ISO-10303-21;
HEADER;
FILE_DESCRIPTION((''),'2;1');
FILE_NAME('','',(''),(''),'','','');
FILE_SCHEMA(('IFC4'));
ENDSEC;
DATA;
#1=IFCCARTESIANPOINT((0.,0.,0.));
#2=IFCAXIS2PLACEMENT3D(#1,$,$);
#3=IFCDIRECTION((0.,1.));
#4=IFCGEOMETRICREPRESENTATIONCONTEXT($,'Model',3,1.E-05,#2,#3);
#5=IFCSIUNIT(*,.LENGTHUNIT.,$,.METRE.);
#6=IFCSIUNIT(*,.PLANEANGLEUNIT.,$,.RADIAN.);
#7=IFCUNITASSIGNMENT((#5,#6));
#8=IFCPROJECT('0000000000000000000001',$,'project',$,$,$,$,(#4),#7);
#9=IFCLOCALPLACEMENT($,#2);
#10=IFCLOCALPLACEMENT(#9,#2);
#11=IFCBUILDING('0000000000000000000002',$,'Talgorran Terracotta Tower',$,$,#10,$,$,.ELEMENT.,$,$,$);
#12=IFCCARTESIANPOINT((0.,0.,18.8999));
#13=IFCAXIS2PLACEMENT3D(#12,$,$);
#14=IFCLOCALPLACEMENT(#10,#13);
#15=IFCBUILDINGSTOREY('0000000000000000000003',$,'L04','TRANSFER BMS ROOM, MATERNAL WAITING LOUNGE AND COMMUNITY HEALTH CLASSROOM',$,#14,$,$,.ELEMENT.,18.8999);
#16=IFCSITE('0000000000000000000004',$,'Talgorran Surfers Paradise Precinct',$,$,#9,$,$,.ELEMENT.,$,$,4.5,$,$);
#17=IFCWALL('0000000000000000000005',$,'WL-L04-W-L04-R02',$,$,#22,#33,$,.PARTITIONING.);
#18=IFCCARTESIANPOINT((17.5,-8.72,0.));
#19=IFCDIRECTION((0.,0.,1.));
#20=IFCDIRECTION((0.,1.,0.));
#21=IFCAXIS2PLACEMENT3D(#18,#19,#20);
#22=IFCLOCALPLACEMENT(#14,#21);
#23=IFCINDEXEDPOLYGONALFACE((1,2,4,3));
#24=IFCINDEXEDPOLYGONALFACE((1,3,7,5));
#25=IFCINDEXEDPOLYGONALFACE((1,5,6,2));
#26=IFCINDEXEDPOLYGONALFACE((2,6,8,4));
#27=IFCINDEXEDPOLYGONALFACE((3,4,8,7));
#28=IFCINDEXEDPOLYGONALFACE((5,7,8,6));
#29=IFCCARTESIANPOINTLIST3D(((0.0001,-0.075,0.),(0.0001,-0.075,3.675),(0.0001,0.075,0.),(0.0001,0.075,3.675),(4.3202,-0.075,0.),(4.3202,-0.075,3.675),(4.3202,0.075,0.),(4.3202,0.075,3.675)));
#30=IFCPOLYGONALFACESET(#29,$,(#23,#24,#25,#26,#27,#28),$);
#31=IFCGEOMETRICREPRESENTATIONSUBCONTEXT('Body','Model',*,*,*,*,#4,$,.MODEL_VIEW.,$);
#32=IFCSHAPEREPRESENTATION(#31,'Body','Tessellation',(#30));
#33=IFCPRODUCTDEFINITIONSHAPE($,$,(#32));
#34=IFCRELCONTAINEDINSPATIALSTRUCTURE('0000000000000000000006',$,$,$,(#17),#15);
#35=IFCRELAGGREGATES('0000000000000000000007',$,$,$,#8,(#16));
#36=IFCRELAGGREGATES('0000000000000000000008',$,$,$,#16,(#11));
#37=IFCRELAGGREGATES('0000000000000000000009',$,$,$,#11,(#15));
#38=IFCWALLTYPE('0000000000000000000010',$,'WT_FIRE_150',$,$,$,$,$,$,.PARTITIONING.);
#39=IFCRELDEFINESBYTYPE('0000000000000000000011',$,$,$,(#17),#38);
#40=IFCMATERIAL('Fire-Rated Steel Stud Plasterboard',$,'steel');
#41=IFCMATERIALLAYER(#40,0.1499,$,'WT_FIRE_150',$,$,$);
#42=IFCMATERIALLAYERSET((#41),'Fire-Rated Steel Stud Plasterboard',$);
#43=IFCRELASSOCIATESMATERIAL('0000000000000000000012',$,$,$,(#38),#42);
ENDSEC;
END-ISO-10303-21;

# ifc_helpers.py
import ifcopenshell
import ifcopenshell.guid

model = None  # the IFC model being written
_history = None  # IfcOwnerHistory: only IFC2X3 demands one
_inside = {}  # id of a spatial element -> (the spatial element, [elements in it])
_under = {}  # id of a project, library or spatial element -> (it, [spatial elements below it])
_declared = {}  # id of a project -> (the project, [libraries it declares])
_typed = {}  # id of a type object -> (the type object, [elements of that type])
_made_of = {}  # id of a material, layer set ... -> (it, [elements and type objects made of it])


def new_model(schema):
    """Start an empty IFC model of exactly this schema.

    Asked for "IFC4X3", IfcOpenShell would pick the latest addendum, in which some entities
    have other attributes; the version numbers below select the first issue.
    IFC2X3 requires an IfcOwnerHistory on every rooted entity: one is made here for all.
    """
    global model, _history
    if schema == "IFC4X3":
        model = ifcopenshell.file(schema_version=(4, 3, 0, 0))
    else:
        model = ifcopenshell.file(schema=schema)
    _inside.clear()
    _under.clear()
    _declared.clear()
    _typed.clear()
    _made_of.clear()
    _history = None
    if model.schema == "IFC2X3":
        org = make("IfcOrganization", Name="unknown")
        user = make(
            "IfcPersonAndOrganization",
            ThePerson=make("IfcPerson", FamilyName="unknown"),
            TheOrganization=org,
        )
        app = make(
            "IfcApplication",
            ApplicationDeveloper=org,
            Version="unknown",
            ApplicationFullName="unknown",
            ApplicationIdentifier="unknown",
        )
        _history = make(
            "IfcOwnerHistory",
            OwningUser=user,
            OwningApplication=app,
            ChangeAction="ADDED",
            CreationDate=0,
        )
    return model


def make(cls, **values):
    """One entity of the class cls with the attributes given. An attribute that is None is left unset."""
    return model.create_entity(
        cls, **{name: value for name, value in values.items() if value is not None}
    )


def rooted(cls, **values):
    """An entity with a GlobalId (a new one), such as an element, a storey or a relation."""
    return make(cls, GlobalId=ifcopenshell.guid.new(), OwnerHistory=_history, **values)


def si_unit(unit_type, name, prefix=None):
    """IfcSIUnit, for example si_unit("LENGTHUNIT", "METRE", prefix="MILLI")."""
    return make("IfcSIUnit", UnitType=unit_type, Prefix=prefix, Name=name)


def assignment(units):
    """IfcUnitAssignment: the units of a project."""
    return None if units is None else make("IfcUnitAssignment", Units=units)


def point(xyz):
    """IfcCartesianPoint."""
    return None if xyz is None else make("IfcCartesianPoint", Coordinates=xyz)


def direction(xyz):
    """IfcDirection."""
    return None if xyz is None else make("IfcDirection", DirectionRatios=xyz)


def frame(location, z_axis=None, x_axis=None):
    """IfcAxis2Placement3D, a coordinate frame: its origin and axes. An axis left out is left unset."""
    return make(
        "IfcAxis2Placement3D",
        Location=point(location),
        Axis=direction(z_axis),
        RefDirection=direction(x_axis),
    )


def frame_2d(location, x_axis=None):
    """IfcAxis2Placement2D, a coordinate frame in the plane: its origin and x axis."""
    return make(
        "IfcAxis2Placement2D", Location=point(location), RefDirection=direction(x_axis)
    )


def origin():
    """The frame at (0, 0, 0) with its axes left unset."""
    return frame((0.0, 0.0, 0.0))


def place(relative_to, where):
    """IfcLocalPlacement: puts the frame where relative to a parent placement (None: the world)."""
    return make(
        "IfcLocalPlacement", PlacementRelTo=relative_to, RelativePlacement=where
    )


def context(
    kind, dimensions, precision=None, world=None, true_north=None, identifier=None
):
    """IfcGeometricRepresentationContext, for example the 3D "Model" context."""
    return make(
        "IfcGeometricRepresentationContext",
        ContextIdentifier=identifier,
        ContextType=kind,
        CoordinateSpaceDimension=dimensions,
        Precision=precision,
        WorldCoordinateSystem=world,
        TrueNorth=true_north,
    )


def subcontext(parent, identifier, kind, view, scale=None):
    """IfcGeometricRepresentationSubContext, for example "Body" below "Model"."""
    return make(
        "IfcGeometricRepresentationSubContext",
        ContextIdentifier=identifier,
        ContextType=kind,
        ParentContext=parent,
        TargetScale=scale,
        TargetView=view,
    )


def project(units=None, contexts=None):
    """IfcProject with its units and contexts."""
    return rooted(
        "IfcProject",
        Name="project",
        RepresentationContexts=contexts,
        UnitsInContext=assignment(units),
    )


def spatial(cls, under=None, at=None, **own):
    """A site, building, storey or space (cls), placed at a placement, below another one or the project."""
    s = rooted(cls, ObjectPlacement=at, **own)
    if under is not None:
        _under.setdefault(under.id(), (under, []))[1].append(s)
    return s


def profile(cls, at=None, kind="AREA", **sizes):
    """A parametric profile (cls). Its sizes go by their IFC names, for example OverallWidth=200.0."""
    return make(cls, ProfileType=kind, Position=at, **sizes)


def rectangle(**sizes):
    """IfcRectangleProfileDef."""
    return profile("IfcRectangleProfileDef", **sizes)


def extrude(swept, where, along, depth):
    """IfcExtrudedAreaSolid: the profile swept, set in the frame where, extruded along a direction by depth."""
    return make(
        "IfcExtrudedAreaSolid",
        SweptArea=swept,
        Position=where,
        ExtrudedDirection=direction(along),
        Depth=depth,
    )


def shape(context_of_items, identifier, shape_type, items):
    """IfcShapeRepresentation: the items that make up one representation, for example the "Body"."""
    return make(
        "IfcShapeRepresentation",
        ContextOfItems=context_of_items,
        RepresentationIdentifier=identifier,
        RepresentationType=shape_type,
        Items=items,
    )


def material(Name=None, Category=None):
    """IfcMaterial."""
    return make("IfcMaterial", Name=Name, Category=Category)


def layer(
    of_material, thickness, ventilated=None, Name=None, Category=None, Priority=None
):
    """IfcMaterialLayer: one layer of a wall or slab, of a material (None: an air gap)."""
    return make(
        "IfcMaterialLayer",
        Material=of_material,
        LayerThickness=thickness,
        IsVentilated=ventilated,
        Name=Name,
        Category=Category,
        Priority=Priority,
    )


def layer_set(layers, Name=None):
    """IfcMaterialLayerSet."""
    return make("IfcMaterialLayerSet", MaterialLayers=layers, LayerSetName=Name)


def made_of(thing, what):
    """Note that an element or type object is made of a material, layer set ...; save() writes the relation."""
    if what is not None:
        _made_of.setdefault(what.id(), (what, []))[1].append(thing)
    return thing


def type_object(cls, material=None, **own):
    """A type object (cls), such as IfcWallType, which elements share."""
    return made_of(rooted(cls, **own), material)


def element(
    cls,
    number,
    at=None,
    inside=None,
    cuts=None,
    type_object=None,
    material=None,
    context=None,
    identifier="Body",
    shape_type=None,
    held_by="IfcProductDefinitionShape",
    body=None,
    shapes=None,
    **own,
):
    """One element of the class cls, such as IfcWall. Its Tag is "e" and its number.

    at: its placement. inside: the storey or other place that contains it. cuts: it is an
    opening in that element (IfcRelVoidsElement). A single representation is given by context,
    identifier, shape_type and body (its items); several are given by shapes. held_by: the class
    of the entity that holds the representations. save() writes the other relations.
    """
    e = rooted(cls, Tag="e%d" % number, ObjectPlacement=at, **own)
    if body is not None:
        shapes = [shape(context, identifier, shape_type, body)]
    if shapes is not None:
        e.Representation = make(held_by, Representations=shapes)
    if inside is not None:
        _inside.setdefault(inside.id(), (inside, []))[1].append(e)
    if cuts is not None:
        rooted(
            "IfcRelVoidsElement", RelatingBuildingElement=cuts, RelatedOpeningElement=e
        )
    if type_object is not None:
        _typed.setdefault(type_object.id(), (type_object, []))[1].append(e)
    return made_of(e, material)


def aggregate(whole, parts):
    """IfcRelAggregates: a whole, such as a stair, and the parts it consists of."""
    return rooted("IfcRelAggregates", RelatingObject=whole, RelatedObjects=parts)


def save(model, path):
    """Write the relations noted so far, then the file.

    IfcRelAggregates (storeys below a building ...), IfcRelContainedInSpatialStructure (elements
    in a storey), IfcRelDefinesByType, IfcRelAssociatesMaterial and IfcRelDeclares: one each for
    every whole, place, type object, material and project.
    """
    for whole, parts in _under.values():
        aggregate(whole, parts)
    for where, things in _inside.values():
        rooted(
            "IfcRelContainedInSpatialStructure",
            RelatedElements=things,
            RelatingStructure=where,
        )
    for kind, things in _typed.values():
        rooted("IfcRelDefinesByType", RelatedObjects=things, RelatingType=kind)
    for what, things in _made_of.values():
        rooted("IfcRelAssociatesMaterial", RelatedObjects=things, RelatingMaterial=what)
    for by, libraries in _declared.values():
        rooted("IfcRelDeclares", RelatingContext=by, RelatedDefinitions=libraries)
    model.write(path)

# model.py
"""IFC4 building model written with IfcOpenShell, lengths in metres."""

from ifc_helpers import new_model, si_unit, direction, frame, frame_2d, origin, place, context, subcontext, project, spatial, rectangle, extrude, material, layer, layer_set, type_object, element, save


model = new_model("IFC4")

# Units and contexts
model_context = context("Model", 3, precision=1e-05, world=origin(), true_north=direction((0.0, 1.0)))
body_context = subcontext(model_context, "Body", "Model", "MODEL_VIEW")
ifc_project = project(units=[si_unit("LENGTHUNIT", "METRE"), si_unit("PLANEANGLEUNIT", "RADIAN")], contexts=[model_context])

# Site, building, storey
site_placement = place(None, origin())
site = spatial("IfcSite", under=ifc_project, at=site_placement, Name="Talgorran Surfers Paradise Precinct", CompositionType="ELEMENT", RefElevation=4.5)
building_placement = place(site_placement, origin())
building = spatial("IfcBuilding", under=site, at=building_placement, Name="Talgorran Terracotta Tower", CompositionType="ELEMENT")
storey_placement = place(building_placement, frame((0.0, 0.0, 18.8999)))
storey = spatial("IfcBuildingStorey", under=building, at=storey_placement, Name="L04", Description="TRANSFER BMS ROOM, MATERNAL WAITING LOUNGE AND COMMUNITY HEALTH CLASSROOM", CompositionType="ELEMENT", Elevation=18.8999)

# Wall
ifc_material_1 = material(Name="Fire-Rated Steel Stud Plasterboard", Category="steel")
ifc_layer_1 = layer(ifc_material_1, 0.1499, Name="WT_FIRE_150")
ifc_layer_set_1 = layer_set([ifc_layer_1], Name="Fire-Rated Steel Stud Plasterboard")
wall_type_1 = type_object("IfcWallType", Name="WT_FIRE_150", PredefinedType="PARTITIONING", material=ifc_layer_set_1)
wall_1_placement = place(storey_placement, frame((17.5, -8.72, 0.0), z_axis=(0.0, 0.0, 1.0), x_axis=(0.0, 1.0, 0.0)))
element("IfcWall", 1, at=wall_1_placement, inside=storey, type_object=wall_type_1, Name="WL-L04-W-L04-R02", PredefinedType="PARTITIONING", context=body_context, shape_type="SweptSolid", body=[
    extrude(rectangle(XDim=4.3201, YDim=0.1499, at=frame_2d((2.1602, 0.0))), origin(), (0.0, 0.0, 1.0), 3.675),
])

save(model, "model.ifc")
